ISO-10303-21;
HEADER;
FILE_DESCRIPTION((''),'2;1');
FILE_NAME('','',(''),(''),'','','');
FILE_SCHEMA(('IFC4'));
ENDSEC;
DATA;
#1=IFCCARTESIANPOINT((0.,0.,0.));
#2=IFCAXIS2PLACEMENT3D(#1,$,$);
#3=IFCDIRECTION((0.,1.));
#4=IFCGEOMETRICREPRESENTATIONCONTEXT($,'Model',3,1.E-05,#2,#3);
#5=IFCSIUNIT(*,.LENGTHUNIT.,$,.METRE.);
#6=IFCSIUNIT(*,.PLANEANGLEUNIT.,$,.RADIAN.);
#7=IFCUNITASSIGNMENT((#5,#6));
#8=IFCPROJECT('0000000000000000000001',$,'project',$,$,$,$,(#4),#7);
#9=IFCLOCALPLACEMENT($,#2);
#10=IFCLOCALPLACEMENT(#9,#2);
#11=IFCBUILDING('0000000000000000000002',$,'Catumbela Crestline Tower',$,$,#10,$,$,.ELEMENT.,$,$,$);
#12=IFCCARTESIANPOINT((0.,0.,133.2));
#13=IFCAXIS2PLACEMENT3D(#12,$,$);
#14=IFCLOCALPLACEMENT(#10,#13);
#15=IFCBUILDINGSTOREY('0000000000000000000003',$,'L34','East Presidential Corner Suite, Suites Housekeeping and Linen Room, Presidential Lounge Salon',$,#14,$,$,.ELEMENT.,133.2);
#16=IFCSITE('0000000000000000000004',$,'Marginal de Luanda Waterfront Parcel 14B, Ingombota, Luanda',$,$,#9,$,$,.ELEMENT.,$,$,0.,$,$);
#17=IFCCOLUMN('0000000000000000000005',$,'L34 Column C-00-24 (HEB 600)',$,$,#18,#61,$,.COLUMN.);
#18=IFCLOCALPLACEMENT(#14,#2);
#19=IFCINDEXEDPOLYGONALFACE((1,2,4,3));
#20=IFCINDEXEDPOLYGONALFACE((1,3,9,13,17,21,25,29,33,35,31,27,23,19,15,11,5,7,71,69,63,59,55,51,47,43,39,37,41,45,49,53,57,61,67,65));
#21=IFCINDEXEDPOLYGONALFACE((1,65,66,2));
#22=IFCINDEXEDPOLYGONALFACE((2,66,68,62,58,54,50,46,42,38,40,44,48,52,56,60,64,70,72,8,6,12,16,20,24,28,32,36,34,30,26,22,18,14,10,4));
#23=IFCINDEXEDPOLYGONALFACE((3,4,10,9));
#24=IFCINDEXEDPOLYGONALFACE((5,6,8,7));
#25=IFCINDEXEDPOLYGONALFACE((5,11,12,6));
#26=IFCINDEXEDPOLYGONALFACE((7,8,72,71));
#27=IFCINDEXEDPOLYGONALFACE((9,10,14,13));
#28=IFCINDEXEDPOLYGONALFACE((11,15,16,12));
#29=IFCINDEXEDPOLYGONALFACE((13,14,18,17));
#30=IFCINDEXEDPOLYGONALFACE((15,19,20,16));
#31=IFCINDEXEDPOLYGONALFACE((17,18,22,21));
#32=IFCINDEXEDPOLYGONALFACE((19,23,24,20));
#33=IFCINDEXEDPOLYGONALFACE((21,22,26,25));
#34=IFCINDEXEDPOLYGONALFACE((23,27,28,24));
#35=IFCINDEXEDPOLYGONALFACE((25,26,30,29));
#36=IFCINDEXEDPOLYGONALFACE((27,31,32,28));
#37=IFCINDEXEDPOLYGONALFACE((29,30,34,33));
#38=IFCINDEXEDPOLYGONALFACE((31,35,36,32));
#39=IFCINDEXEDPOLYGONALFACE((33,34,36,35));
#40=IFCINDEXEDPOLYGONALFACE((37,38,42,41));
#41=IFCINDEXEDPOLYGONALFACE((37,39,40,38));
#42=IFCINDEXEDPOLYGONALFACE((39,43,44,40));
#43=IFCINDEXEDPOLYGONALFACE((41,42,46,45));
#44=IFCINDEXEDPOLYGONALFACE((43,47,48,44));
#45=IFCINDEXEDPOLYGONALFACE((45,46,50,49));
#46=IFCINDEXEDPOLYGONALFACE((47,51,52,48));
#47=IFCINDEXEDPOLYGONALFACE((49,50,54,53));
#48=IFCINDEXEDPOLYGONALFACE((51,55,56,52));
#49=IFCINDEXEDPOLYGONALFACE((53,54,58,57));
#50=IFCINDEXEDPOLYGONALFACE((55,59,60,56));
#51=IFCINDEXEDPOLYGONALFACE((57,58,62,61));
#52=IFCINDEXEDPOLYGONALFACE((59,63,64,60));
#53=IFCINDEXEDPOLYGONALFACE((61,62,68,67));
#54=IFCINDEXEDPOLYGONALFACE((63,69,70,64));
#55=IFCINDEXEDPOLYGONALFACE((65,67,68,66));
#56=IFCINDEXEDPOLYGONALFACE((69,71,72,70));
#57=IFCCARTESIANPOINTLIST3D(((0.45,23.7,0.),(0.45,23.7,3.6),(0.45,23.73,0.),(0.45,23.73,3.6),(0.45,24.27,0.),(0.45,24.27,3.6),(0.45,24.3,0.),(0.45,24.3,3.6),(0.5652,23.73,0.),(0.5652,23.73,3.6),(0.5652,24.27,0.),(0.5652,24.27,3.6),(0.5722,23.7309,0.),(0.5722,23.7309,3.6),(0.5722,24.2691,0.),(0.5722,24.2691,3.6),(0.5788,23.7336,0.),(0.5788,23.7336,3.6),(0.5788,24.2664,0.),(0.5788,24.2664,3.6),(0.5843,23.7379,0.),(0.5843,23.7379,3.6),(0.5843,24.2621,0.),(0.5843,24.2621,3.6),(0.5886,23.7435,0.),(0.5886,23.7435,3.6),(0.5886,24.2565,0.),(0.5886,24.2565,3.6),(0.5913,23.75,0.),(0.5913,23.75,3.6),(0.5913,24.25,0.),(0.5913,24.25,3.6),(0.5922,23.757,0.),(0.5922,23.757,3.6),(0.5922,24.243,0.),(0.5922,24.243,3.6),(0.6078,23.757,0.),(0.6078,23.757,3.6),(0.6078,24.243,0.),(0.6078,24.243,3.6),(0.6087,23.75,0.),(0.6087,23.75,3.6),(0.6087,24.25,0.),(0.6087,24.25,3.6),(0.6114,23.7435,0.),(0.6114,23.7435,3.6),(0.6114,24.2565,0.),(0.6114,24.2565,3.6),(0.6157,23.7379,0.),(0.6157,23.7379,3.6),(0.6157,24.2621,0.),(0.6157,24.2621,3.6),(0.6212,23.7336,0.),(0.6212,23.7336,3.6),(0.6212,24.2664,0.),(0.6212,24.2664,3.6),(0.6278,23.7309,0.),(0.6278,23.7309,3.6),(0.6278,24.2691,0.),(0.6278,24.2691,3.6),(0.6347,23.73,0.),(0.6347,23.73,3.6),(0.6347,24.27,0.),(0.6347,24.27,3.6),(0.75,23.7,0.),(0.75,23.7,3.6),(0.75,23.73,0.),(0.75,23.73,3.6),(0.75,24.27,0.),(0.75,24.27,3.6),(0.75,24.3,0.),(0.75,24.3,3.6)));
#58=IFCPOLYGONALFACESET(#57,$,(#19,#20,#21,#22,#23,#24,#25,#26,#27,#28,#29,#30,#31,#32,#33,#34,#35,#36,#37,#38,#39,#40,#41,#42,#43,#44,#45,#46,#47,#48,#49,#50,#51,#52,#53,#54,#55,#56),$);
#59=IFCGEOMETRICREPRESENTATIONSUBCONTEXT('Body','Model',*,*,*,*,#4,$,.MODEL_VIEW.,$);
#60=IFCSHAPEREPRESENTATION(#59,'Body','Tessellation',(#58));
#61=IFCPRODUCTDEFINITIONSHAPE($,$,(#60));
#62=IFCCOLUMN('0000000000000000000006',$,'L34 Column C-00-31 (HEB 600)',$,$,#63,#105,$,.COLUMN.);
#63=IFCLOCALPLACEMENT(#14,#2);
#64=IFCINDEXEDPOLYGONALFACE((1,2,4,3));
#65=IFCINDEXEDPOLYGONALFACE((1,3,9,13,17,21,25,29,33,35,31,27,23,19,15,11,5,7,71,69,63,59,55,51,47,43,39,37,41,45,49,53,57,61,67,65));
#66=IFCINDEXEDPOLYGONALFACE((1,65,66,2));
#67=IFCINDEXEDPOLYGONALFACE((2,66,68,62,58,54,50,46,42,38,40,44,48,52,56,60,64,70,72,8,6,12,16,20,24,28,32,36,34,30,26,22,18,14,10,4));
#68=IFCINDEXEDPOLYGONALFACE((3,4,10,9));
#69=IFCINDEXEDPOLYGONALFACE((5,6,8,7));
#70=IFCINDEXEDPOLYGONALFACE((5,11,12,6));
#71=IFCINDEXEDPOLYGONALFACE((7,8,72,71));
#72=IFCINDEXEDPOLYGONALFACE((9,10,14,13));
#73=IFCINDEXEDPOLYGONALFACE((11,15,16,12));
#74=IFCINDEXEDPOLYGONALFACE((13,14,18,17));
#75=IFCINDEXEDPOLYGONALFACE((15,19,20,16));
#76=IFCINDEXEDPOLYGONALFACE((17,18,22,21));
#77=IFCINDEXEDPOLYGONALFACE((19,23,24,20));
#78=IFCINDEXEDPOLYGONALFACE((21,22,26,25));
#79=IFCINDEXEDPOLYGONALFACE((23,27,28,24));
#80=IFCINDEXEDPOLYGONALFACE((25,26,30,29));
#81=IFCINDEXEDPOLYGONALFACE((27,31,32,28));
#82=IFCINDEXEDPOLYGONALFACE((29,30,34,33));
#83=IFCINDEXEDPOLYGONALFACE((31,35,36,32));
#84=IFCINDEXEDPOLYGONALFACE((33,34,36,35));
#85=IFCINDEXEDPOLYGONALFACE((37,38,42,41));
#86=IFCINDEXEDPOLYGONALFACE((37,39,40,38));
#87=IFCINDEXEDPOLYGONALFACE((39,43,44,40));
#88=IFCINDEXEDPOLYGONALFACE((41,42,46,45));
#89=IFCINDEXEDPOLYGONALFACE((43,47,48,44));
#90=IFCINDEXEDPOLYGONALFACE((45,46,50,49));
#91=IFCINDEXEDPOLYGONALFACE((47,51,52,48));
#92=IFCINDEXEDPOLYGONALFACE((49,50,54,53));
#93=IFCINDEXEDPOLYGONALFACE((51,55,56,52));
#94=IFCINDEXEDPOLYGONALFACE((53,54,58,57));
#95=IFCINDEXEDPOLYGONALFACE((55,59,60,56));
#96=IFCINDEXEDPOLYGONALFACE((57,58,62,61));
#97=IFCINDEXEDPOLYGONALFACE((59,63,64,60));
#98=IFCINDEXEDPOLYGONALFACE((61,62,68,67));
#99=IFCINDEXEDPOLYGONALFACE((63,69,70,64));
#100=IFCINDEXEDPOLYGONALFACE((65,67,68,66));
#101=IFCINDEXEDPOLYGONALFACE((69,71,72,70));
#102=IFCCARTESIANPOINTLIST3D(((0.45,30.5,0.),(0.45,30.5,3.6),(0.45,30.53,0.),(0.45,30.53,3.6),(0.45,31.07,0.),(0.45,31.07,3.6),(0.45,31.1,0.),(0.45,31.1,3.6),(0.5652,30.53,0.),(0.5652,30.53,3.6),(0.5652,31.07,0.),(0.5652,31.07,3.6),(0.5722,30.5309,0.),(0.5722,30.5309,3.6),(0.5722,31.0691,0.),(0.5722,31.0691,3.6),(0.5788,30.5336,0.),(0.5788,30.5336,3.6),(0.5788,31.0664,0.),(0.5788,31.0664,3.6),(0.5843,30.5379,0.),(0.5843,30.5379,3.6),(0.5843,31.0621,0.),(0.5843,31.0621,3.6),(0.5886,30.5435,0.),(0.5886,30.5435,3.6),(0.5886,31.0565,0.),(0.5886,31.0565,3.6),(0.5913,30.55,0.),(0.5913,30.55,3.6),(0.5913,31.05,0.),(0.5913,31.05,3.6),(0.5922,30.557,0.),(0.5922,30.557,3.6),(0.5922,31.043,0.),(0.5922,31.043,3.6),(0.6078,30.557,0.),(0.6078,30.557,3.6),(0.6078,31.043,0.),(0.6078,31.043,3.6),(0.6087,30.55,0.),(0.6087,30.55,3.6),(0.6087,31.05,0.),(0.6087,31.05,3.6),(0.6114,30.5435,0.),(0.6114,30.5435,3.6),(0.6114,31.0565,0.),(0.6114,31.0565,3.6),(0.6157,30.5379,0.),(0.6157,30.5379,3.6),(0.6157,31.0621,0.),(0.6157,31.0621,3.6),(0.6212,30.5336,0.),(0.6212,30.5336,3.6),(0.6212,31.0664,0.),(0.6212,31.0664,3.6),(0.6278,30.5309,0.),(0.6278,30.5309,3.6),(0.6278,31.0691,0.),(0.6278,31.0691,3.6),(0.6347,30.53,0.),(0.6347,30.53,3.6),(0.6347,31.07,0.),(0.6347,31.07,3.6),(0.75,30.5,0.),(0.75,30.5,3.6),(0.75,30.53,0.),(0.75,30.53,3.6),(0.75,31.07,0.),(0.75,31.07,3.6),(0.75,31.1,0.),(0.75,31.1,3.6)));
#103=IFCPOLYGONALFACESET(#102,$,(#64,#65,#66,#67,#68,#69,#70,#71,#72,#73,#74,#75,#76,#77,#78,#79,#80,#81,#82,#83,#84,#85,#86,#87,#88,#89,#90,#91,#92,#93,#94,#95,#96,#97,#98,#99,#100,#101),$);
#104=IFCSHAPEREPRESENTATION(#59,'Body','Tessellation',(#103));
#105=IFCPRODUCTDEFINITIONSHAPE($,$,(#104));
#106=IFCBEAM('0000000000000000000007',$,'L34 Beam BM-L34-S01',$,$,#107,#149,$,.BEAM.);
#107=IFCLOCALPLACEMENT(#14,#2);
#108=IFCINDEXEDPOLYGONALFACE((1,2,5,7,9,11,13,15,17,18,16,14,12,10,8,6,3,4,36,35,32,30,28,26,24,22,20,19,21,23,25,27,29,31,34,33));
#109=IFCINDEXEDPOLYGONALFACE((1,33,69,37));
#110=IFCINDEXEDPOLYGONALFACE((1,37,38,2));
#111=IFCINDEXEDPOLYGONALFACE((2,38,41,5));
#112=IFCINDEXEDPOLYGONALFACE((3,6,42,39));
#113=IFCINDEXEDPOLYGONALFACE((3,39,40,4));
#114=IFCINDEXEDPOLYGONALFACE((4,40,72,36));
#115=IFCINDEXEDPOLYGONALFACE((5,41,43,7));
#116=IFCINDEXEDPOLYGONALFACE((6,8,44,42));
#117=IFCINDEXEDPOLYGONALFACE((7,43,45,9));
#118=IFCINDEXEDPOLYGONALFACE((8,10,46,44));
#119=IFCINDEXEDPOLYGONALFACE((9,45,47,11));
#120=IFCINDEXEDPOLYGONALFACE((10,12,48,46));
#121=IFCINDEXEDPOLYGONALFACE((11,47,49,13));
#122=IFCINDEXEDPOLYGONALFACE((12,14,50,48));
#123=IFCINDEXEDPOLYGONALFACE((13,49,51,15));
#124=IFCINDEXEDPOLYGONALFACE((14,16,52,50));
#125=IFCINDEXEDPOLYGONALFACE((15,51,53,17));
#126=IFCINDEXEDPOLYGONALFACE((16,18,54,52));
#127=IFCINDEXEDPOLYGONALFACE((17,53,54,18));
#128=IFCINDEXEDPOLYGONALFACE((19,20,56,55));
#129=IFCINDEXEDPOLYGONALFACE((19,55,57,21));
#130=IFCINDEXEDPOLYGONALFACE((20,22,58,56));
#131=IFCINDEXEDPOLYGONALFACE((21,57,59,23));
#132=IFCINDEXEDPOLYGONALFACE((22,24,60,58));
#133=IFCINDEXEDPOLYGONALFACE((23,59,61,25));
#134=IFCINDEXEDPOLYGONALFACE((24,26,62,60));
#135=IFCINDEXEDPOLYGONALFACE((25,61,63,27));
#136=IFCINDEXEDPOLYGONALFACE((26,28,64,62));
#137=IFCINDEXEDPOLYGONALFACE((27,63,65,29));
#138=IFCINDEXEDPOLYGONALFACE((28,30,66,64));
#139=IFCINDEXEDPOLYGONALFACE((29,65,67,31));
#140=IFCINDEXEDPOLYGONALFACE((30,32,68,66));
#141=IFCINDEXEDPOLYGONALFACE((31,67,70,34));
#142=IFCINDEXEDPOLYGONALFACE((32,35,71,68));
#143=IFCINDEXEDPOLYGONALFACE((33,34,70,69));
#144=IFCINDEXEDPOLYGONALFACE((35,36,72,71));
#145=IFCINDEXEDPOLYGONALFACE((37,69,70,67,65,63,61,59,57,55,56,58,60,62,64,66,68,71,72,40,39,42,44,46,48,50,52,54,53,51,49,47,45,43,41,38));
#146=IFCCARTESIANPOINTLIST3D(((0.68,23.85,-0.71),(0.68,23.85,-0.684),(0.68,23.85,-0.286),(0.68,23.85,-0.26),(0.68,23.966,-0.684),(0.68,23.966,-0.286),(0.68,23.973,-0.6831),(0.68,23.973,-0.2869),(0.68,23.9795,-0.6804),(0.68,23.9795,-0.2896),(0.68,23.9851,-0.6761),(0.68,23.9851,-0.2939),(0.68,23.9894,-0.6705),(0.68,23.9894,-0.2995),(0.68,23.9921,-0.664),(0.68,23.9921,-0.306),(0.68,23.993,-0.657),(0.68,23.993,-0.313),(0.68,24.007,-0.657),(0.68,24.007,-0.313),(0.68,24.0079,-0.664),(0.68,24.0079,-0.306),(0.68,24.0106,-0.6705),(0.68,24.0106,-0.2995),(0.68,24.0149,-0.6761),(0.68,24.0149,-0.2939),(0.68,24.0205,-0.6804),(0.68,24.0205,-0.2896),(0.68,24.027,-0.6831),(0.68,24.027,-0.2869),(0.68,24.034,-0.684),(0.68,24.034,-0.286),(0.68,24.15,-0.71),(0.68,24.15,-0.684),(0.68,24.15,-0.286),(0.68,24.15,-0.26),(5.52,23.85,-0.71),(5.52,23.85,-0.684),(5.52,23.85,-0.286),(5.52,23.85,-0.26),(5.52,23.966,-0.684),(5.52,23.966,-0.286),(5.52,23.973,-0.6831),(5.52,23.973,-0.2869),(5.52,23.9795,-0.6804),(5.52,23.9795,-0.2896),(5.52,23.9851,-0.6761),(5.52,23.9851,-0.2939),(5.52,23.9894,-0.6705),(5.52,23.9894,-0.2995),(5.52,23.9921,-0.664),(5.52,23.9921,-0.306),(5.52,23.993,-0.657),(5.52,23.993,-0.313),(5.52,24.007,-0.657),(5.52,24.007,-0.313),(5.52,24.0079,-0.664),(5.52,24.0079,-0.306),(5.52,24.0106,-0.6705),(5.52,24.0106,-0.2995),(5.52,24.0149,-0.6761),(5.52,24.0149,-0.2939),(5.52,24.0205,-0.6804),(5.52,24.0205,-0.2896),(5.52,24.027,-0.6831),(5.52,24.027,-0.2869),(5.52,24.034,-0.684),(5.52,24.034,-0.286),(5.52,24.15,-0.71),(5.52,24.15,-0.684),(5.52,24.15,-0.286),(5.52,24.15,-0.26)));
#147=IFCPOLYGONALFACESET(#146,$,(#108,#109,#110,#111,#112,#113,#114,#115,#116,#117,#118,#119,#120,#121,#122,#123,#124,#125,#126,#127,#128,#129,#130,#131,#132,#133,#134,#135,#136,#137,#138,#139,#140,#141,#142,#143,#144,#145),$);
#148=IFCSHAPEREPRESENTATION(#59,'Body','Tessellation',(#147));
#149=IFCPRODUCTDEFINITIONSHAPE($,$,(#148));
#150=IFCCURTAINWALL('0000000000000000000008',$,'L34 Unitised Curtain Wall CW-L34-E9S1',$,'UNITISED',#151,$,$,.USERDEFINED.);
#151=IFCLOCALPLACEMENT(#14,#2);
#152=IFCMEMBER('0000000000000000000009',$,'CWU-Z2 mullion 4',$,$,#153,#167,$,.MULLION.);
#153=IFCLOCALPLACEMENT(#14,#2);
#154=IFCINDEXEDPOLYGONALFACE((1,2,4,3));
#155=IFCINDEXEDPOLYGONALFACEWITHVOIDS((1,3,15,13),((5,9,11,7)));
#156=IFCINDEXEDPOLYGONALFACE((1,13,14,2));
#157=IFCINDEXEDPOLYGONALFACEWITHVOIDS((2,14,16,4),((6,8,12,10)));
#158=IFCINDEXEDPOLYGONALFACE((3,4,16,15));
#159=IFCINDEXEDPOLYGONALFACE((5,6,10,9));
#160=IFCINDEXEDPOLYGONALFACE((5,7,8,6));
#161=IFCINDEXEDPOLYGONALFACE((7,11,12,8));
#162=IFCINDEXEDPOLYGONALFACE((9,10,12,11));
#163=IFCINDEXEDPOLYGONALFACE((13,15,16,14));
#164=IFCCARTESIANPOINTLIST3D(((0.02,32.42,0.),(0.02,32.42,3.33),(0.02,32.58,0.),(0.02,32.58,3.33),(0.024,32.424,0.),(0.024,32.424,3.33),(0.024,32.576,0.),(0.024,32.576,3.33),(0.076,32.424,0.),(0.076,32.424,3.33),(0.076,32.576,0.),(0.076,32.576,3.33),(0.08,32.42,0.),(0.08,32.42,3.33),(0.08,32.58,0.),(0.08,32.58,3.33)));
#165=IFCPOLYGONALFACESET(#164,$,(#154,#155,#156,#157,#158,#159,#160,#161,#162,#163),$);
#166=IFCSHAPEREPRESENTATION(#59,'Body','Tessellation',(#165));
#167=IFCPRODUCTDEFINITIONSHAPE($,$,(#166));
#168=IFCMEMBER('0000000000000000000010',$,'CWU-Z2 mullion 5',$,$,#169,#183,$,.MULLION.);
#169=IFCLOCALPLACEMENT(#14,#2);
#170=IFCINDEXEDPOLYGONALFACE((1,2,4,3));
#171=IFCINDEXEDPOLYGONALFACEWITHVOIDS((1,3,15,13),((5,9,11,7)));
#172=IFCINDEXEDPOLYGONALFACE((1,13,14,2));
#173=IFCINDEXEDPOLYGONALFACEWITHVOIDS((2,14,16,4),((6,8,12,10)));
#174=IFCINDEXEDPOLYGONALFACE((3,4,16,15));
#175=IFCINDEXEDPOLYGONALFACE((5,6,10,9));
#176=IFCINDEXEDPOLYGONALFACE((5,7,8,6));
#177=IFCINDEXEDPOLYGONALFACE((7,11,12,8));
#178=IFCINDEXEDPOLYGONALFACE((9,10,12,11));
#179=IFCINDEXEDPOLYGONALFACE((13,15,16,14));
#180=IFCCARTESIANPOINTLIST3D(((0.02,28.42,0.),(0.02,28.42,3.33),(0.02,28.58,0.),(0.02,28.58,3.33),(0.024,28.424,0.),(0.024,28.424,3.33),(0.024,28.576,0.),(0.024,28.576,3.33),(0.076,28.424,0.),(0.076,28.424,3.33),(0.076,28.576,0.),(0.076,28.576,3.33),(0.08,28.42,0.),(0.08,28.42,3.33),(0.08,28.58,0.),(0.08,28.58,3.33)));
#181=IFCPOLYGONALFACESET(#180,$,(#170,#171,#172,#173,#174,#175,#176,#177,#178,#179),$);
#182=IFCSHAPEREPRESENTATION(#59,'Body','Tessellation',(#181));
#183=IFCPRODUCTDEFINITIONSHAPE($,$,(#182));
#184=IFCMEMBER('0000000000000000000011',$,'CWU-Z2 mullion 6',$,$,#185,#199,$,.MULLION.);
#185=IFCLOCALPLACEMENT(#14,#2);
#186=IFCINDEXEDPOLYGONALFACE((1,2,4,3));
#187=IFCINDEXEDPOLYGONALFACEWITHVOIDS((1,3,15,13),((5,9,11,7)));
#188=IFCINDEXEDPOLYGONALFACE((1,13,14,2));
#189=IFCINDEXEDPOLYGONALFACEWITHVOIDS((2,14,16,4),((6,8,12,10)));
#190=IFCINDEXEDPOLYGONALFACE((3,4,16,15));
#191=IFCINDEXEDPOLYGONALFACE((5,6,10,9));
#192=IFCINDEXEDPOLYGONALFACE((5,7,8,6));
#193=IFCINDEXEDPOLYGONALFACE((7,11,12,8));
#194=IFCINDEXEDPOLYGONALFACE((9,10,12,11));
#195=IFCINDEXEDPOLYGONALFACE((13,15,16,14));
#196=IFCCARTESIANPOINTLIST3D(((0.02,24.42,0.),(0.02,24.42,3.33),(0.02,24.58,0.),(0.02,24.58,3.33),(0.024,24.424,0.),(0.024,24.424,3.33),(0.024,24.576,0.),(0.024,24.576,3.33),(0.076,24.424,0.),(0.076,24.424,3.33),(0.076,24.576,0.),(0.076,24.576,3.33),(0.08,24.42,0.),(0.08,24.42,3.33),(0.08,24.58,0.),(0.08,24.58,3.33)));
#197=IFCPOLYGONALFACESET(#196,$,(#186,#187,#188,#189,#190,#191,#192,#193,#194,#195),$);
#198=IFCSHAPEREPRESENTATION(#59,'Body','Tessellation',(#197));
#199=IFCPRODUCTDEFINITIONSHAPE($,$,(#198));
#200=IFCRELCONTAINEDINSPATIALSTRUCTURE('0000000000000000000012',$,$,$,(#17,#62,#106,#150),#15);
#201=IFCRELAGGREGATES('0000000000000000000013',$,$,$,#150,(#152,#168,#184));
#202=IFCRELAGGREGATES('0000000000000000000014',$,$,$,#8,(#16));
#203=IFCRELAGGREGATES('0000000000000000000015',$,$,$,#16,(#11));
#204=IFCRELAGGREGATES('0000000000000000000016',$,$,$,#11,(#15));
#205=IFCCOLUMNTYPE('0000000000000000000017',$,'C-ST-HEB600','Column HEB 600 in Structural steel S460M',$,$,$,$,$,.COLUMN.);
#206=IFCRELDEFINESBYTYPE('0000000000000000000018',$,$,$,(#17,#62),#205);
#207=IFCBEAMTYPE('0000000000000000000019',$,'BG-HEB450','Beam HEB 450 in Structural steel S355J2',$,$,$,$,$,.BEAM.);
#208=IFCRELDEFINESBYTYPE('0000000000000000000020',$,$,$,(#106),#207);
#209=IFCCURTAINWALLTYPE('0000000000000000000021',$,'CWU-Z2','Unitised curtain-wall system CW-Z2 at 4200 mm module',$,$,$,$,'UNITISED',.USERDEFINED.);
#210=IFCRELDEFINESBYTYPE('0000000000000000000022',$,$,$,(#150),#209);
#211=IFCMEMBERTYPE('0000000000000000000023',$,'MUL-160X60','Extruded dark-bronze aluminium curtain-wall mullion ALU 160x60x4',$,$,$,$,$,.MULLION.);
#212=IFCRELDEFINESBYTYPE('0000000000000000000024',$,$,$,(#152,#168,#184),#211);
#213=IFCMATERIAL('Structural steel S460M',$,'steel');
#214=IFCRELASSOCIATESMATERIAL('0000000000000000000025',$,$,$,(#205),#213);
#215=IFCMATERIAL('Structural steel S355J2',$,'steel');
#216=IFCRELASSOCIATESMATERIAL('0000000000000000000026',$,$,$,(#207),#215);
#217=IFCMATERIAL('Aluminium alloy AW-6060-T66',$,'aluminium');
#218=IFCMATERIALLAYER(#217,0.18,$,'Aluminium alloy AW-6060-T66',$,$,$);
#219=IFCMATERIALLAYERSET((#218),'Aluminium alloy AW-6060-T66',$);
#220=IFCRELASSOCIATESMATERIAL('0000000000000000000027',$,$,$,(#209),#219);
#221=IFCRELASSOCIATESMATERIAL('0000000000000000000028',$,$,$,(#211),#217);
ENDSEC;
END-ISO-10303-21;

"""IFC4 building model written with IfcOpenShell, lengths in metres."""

from ifc_helpers import new_model, si_unit, direction, frame, origin, origin_2d, place, context, subcontext, project, spatial, hollow_rectangle, i_section, extrude, material, layer, layer_set, material_profile, profile_set, type_object, element, aggregate, save


model = new_model("IFC4")

# Units and contexts
model_context = context("Model", 3, precision=1e-05, world=origin(), true_north=direction((0.0, 1.0)))
body_context = subcontext(model_context, "Body", "Model", "MODEL_VIEW")
ifc_project = project(units=[si_unit("LENGTHUNIT", "METRE"), si_unit("PLANEANGLEUNIT", "RADIAN")], contexts=[model_context])

# Site, building, storey
site_placement = place(None, origin())
site = spatial("IfcSite", under=ifc_project, at=site_placement, Name="Marginal de Luanda Waterfront Parcel 14B, Ingombota, Luanda", CompositionType="ELEMENT", RefElevation=0.0)
building_placement = place(site_placement, origin())
building = spatial("IfcBuilding", under=site, at=building_placement, Name="Catumbela Crestline Tower", CompositionType="ELEMENT")
storey_placement = place(building_placement, frame((0.0, 0.0, 133.2)))
storey = spatial("IfcBuildingStorey", under=building, at=storey_placement, Name="L34", Description="East Presidential Corner Suite, Suites Housekeeping and Linen Room, Presidential Lounge Salon", CompositionType="ELEMENT", Elevation=133.2)

# Columns
ifc_material_1 = material(Name="Structural steel S460M", Category="steel")
ifc_material_profile_1 = material_profile(ifc_material_1, i_section(OverallWidth=0.3, OverallDepth=0.6, WebThickness=0.0155, FlangeThickness=0.03, FilletRadius=0.027, at=origin_2d()), Name="HEB 600")
ifc_profile_set_1 = profile_set([ifc_material_profile_1], Name="Structural steel S460M")
column_type = type_object("IfcColumnType", Name="C-ST-HEB600", Description="Column HEB 600 in Structural steel S460M", PredefinedType="COLUMN", material=ifc_profile_set_1)
for number, where, z_axis, x_axis, name in (
    (1, (0.6, 24.0, 0.0), (0.0, 0.0, 1.0), (1.0, 0.0, 0.0), "L34 Column C-00-24 (HEB 600)"),
    (2, (0.6, 30.8, 0.0), (0.0, 0.0, 1.0), (1.0, 0.0, 0.0), "L34 Column C-00-31 (HEB 600)"),
):
    element("IfcColumn", number, at=place(storey_placement, frame(where, z_axis=z_axis, x_axis=x_axis)), inside=storey, type_object=column_type, Name=name, PredefinedType="COLUMN", context=body_context, shape_type="SweptSolid", body=[
        extrude(i_section(OverallWidth=0.3, OverallDepth=0.6, WebThickness=0.0155, FlangeThickness=0.03, FilletRadius=0.027, at=origin_2d()), origin(), (0.0, 0.0, 1.0), 3.6),
    ])

# Beam
ifc_material_2 = material(Name="Structural steel S355J2", Category="steel")
ifc_material_profile_2 = material_profile(ifc_material_2, i_section(OverallWidth=0.3, OverallDepth=0.45, WebThickness=0.014, FlangeThickness=0.026, FilletRadius=0.027, at=origin_2d()), Name="HEB 450")
ifc_profile_set_2 = profile_set([ifc_material_profile_2], Name="Structural steel S355J2")
beam_type_1 = type_object("IfcBeamType", Name="BG-HEB450", Description="Beam HEB 450 in Structural steel S355J2", PredefinedType="BEAM", material=ifc_profile_set_2)
beam_1_placement = place(storey_placement, frame((0.68, 24.0, -0.485), z_axis=(1.0, 0.0, 0.0), x_axis=(0.0, 1.0, 0.0)))
element("IfcBeam", 3, at=beam_1_placement, inside=storey, type_object=beam_type_1, Name="L34 Beam BM-L34-S01", PredefinedType="BEAM", context=body_context, shape_type="SweptSolid", body=[
    extrude(i_section(OverallWidth=0.3, OverallDepth=0.45, WebThickness=0.014, FlangeThickness=0.026, FilletRadius=0.027, at=origin_2d()), origin(), (0.0, 0.0, 1.0), 4.84),
])

# Curtain wall, members
ifc_material_3 = material(Name="Aluminium alloy AW-6060-T66", Category="aluminium")
ifc_layer_1 = layer(ifc_material_3, 0.18, Name="Aluminium alloy AW-6060-T66")
ifc_layer_set_1 = layer_set([ifc_layer_1], Name="Aluminium alloy AW-6060-T66")
curtain_wall_type = type_object("IfcCurtainWallType", Name="CWU-Z2", Description="Unitised curtain-wall system CW-Z2 at 4200 mm module", ElementType="UNITISED", PredefinedType="USERDEFINED", material=ifc_layer_set_1)
curtain_wall_placement = place(storey_placement, origin())
curtain_wall = element("IfcCurtainWall", 4, at=curtain_wall_placement, inside=storey, type_object=curtain_wall_type, Name="L34 Unitised Curtain Wall CW-L34-E9S1", ObjectType="UNITISED", PredefinedType="USERDEFINED")
ifc_material_profile_3 = material_profile(ifc_material_3, hollow_rectangle(XDim=0.06, YDim=0.16, WallThickness=0.004, at=origin_2d()), Name="ALU 160x60x4")
ifc_profile_set_3 = profile_set([ifc_material_profile_3], Name="Aluminium alloy AW-6060-T66")
member_type_1 = type_object("IfcMemberType", Name="MUL-160X60", Description="Extruded dark-bronze aluminium curtain-wall mullion ALU 160x60x4", PredefinedType="MULLION", material=ifc_profile_set_3)
member_1_placement = place(storey_placement, frame((0.05, 32.5, 0.0), z_axis=(0.0, 0.0, 1.0), x_axis=(1.0, 0.0, 0.0)))
member_1 = element("IfcMember", 5, at=member_1_placement, type_object=member_type_1, Name="CWU-Z2 mullion 4", PredefinedType="MULLION", context=body_context, shape_type="SweptSolid", body=[
    extrude(hollow_rectangle(XDim=0.06, YDim=0.16, WallThickness=0.004, at=origin_2d()), origin(), (0.0, 0.0, 1.0), 3.33),
])
member_2_placement = place(storey_placement, frame((0.05, 28.5, 0.0), z_axis=(0.0, 0.0, 1.0), x_axis=(1.0, 0.0, 0.0)))
member_2 = element("IfcMember", 6, at=member_2_placement, type_object=member_type_1, Name="CWU-Z2 mullion 5", PredefinedType="MULLION", context=body_context, shape_type="SweptSolid", body=[
    extrude(hollow_rectangle(XDim=0.06, YDim=0.16, WallThickness=0.004, at=origin_2d()), origin(), (0.0, 0.0, 1.0), 3.33),
])
member_3_placement = place(storey_placement, frame((0.05, 24.5, 0.0), z_axis=(0.0, 0.0, 1.0), x_axis=(1.0, 0.0, 0.0)))
member_3 = element("IfcMember", 7, at=member_3_placement, type_object=member_type_1, Name="CWU-Z2 mullion 6", PredefinedType="MULLION", context=body_context, shape_type="SweptSolid", body=[
    extrude(hollow_rectangle(XDim=0.06, YDim=0.16, WallThickness=0.004, at=origin_2d()), origin(), (0.0, 0.0, 1.0), 3.33),
])

aggregate(curtain_wall, [member_1, member_2, member_3])

save(model, "model.ifc")
